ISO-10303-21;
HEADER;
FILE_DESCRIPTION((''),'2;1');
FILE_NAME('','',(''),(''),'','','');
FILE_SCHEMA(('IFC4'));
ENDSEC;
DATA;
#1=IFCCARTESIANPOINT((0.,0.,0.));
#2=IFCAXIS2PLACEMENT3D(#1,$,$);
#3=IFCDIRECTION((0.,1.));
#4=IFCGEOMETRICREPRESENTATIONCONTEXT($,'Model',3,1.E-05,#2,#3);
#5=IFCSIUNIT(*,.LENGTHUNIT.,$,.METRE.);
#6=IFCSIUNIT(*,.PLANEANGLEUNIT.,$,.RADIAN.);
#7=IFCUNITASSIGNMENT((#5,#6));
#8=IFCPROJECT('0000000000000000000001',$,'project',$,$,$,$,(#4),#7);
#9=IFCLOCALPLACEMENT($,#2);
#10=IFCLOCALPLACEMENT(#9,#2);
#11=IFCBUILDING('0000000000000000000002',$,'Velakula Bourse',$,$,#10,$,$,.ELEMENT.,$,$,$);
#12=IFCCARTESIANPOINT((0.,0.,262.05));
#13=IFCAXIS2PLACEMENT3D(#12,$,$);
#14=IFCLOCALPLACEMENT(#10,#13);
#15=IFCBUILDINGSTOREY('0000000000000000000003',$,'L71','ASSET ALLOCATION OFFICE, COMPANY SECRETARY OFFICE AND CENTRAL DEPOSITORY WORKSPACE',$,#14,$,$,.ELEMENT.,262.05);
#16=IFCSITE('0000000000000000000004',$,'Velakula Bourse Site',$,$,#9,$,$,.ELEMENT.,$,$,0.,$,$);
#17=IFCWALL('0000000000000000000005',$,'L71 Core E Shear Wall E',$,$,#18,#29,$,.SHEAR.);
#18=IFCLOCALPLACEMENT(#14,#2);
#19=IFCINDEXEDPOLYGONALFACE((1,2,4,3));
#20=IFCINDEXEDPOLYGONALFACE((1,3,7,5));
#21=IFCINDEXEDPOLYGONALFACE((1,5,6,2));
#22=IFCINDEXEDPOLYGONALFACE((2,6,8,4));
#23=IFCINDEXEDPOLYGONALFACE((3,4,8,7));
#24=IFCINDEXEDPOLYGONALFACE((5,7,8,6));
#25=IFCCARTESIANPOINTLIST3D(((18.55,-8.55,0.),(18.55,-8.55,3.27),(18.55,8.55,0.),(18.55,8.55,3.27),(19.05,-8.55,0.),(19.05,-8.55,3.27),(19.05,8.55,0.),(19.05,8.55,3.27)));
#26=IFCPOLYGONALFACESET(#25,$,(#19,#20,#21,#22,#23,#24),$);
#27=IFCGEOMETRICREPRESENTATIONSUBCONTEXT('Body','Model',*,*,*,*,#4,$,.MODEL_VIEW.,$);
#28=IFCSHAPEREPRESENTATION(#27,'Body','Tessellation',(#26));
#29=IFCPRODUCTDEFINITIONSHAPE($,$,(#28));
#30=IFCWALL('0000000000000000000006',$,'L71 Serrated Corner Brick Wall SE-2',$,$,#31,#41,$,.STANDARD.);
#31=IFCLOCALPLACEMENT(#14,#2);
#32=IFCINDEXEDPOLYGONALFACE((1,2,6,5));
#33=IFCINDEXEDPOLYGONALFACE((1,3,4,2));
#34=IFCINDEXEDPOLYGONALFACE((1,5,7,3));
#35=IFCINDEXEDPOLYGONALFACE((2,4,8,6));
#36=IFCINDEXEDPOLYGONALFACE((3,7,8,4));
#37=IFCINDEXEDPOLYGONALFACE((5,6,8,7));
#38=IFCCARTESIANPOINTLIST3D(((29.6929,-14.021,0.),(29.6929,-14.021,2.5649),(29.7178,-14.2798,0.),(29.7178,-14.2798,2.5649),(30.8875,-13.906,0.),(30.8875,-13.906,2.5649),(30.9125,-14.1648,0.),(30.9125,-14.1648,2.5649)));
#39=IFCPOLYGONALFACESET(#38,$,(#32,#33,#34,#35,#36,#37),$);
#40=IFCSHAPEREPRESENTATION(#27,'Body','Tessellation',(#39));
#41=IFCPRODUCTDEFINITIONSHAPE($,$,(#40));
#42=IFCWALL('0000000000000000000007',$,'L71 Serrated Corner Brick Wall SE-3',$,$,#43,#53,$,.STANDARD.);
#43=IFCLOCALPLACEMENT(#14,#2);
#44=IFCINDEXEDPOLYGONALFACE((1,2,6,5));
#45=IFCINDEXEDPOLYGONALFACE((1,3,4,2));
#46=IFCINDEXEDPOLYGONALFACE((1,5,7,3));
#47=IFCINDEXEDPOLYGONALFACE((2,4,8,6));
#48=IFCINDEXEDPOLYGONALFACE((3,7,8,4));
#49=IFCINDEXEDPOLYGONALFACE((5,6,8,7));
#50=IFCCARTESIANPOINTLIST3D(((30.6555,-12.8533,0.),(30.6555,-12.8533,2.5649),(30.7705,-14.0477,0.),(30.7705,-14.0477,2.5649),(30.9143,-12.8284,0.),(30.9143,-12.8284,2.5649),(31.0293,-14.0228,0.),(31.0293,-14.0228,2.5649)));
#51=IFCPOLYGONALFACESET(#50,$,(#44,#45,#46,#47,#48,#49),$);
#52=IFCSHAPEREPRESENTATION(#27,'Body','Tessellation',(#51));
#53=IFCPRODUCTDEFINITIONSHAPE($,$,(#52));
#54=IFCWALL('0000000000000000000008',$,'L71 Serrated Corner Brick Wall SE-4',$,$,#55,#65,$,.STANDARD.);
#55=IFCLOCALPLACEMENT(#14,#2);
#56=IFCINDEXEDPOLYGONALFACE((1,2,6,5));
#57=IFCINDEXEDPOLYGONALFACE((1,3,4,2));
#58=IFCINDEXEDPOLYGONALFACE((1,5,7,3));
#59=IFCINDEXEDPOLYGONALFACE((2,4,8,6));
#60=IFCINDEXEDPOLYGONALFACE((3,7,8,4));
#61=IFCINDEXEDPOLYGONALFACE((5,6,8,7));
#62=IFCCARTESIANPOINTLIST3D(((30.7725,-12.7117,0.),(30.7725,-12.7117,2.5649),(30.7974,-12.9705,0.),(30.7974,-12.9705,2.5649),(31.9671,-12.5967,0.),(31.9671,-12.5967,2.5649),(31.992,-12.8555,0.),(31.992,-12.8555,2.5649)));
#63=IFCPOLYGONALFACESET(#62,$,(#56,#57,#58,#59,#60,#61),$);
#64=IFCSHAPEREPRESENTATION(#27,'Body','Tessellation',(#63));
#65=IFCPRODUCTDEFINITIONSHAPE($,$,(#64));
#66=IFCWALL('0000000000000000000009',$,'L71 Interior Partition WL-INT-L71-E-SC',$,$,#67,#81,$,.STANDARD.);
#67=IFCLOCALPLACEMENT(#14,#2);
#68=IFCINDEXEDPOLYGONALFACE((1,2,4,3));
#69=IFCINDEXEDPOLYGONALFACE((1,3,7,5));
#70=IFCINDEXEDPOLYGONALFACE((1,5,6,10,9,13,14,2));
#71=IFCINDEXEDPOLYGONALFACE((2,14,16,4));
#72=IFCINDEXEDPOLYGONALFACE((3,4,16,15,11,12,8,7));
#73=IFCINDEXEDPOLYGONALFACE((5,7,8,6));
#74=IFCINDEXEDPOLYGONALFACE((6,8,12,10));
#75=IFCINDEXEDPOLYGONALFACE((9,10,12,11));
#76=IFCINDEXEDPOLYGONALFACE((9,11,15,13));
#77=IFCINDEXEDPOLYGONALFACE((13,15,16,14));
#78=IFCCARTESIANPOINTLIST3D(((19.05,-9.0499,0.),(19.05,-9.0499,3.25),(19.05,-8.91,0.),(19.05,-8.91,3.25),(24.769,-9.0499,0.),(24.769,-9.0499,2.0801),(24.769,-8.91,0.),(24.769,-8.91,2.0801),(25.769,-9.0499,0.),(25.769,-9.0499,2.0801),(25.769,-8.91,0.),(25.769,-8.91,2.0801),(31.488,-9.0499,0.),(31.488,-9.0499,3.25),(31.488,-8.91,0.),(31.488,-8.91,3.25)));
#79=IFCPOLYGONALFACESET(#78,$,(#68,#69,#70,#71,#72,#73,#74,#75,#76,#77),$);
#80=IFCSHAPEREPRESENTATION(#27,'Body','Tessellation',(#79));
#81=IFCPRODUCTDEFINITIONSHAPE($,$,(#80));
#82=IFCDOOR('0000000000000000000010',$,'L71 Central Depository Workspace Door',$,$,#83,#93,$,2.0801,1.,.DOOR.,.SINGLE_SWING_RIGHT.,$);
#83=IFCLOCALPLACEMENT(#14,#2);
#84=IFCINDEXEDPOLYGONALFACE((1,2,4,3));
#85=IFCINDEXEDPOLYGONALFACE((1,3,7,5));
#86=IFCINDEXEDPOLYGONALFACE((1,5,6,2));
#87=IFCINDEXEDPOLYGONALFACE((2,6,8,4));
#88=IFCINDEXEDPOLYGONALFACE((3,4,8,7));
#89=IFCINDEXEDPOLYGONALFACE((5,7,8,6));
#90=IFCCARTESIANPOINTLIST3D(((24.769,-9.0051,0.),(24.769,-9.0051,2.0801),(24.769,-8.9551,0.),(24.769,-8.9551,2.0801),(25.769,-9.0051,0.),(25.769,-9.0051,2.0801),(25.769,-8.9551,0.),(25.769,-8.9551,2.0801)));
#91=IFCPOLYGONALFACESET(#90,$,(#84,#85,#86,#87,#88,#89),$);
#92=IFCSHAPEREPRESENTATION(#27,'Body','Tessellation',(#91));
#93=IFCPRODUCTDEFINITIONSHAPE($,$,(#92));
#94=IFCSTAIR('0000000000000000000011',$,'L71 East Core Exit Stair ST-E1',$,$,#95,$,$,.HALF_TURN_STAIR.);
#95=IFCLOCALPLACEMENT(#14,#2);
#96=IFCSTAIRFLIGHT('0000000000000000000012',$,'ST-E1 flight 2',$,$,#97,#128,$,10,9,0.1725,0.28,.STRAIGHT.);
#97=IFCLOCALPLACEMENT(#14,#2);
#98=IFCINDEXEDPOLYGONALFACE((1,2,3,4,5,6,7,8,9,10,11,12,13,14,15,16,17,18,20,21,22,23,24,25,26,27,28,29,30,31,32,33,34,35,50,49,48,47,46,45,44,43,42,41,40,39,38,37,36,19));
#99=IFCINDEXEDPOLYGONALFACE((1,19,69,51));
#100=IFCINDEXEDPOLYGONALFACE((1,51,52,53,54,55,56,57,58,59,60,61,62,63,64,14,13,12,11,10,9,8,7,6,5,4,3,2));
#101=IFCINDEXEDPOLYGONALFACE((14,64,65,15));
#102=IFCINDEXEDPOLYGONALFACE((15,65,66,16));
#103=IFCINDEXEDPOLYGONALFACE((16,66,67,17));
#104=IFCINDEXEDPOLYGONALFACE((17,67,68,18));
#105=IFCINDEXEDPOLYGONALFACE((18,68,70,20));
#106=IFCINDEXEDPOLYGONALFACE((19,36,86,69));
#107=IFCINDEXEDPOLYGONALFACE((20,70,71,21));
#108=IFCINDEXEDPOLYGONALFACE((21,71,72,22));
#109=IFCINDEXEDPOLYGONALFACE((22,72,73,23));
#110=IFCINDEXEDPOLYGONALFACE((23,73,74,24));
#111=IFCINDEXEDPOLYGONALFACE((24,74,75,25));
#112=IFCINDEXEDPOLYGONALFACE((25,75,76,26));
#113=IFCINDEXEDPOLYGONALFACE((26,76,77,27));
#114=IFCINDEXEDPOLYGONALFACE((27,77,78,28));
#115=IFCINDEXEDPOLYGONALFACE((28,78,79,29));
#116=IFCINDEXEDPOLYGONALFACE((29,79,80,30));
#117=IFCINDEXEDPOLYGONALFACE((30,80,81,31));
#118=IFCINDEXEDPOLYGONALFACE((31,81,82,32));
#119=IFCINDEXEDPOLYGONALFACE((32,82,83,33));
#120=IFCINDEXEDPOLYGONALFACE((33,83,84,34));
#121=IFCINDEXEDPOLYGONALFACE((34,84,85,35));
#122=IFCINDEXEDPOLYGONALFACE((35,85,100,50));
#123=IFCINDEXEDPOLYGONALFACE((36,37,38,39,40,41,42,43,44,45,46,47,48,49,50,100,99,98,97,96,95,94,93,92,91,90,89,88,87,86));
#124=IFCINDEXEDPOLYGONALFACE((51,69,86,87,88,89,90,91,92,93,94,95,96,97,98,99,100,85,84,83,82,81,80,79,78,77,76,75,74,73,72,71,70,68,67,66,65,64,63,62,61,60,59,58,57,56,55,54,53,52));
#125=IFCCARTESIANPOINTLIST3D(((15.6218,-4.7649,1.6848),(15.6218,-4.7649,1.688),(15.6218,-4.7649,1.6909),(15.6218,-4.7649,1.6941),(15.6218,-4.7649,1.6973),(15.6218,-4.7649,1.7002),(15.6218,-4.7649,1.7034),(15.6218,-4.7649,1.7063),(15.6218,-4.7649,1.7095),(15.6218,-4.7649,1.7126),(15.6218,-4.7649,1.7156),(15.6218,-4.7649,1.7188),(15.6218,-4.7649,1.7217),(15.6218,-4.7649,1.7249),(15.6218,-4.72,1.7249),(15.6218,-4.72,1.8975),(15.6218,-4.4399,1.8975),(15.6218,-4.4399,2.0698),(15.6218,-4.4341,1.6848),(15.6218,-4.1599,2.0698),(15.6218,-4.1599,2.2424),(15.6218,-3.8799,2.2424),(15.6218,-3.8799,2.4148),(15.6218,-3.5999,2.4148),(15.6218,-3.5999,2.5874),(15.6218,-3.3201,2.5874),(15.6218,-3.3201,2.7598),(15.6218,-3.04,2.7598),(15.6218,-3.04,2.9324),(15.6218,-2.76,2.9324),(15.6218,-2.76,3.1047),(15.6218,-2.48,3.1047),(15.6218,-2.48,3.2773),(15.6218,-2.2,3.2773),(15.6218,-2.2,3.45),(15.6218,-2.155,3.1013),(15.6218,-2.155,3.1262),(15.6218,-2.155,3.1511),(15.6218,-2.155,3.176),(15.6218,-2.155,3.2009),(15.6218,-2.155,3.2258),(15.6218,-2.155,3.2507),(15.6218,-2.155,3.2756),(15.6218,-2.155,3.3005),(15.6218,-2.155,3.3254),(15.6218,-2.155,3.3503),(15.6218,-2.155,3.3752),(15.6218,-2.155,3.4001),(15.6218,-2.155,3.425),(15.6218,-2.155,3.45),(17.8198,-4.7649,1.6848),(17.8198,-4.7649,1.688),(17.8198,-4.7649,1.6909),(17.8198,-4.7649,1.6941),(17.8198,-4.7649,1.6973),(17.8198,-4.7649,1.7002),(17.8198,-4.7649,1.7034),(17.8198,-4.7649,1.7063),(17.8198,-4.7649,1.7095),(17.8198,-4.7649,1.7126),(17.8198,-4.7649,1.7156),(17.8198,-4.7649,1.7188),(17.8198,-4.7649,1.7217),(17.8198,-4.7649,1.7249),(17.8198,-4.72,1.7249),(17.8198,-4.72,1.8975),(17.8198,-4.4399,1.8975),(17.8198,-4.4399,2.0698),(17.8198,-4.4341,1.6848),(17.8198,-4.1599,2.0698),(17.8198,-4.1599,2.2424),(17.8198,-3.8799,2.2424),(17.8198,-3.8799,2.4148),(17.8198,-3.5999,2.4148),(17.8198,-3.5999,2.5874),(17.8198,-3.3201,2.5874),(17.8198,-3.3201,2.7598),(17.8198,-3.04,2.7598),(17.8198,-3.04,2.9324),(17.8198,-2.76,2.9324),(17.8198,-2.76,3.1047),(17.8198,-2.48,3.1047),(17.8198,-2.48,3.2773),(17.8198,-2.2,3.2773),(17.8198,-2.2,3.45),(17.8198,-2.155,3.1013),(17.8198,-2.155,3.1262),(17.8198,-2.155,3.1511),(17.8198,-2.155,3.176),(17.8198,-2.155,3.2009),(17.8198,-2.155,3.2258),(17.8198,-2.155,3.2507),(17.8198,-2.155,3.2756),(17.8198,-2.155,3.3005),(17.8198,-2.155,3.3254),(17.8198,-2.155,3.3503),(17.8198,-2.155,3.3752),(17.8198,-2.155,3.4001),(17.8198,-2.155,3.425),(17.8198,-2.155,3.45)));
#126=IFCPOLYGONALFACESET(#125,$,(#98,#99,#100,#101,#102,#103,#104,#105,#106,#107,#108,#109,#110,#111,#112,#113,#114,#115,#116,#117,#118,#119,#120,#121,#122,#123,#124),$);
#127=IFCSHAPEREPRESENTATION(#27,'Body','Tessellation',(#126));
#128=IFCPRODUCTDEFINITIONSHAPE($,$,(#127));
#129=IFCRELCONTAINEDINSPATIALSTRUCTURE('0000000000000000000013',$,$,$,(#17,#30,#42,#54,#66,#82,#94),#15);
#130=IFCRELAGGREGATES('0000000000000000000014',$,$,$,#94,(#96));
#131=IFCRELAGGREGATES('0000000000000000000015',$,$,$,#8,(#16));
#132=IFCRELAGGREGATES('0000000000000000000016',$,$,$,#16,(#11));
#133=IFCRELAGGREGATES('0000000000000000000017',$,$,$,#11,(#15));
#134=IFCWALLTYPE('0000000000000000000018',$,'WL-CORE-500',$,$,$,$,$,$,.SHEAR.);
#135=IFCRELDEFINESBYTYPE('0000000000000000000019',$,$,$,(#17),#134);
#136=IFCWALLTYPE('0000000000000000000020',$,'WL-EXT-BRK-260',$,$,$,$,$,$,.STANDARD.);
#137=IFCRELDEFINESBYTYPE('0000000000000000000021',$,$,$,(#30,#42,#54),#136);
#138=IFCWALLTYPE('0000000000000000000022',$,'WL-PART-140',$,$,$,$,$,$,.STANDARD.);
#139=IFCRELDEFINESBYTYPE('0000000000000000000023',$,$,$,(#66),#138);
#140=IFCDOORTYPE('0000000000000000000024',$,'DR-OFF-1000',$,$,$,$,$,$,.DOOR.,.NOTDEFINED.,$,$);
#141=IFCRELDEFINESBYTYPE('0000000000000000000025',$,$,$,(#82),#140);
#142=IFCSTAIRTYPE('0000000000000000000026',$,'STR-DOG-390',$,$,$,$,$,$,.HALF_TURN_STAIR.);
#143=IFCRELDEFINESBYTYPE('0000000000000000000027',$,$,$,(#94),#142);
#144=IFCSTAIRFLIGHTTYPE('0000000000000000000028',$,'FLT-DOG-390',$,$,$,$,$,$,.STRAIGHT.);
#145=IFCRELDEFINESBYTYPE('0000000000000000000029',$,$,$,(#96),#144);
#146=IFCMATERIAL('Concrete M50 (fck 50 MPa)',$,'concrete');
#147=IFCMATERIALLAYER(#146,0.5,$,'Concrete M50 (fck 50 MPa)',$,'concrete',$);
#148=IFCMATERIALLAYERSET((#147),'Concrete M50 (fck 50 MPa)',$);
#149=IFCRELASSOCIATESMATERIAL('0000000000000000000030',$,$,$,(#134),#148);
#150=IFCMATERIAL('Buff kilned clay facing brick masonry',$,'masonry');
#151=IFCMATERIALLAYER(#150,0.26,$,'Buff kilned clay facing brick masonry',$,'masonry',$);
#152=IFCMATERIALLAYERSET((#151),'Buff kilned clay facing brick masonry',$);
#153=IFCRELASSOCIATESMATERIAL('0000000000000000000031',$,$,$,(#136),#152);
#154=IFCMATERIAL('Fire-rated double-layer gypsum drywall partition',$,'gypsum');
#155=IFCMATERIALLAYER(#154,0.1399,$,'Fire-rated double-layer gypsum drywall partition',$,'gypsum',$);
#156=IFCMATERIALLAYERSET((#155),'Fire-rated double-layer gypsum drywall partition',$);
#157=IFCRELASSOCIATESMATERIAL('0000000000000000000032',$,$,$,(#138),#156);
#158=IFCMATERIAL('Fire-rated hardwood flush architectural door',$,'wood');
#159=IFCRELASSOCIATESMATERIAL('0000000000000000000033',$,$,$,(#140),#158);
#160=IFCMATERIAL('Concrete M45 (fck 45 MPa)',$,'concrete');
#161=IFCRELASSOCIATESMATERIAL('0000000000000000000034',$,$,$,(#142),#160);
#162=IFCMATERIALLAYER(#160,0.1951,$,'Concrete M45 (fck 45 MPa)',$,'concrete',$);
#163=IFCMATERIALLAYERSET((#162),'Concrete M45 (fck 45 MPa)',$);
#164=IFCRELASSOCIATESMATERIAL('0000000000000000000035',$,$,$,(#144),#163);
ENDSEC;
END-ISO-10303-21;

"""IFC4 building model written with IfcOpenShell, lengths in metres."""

from ifc_helpers import new_model, si_unit, direction, frame, frame_2d, origin, place, context, subcontext, project, spatial, polyline, rectangle, outline, extrude, material, layer, layer_set, type_object, element, fill, aggregate, save


model = new_model("IFC4")

# Units and contexts
model_context = context("Model", 3, precision=1e-05, world=origin(), true_north=direction((0.0, 1.0)))
body_context = subcontext(model_context, "Body", "Model", "MODEL_VIEW")
ifc_project = project(units=[si_unit("LENGTHUNIT", "METRE"), si_unit("PLANEANGLEUNIT", "RADIAN")], contexts=[model_context])

# Site, building, storey
site_placement = place(None, origin())
site = spatial("IfcSite", under=ifc_project, at=site_placement, Name="Velakula Bourse Site", CompositionType="ELEMENT", RefElevation=0.0)
building_placement = place(site_placement, origin())
building = spatial("IfcBuilding", under=site, at=building_placement, Name="Velakula Bourse", CompositionType="ELEMENT")
storey_placement = place(building_placement, frame((0.0, 0.0, 262.05)))
storey = spatial("IfcBuildingStorey", under=building, at=storey_placement, Name="L71", Description="ASSET ALLOCATION OFFICE, COMPANY SECRETARY OFFICE AND CENTRAL DEPOSITORY WORKSPACE", CompositionType="ELEMENT", Elevation=262.05)

# Shared definitions
ifc_material_1 = material(Name="Concrete M50 (fck 50 MPa)", Category="concrete")

# Walls
ifc_layer_1 = layer(ifc_material_1, 0.5, Name="Concrete M50 (fck 50 MPa)", Category="concrete")
ifc_layer_set_1 = layer_set([ifc_layer_1], Name="Concrete M50 (fck 50 MPa)")
wall_type_1 = type_object("IfcWallType", Name="WL-CORE-500", PredefinedType="SHEAR", material=ifc_layer_set_1)
wall_1_placement = place(storey_placement, frame((18.8, -8.55, 0.0), z_axis=(0.0, 0.0, 1.0), x_axis=(0.0, 1.0, 0.0)))
element("IfcWall", 1, at=wall_1_placement, inside=storey, type_object=wall_type_1, Name="L71 Core E Shear Wall E", PredefinedType="SHEAR", context=body_context, shape_type="SweptSolid", body=[
    extrude(rectangle(XDim=17.1001, YDim=0.5, at=frame_2d((8.55, 0.0))), origin(), (0.0, 0.0, 1.0), 3.27),
])
ifc_material_2 = material(Name="Buff kilned clay facing brick masonry", Category="masonry")
ifc_layer_2 = layer(ifc_material_2, 0.26, Name="Buff kilned clay facing brick masonry", Category="masonry")
ifc_layer_set_2 = layer_set([ifc_layer_2], Name="Buff kilned clay facing brick masonry")
wall_type_2 = type_object("IfcWallType", Name="WL-EXT-BRK-260", PredefinedType="STANDARD", material=ifc_layer_set_2)
wall_2_placement = place(storey_placement, frame((29.7053, -14.1504, 0.0), z_axis=(0.0, 0.0, 1.0), x_axis=(0.995399, 0.095817, 0.0)))
element("IfcWall", 2, at=wall_2_placement, inside=storey, type_object=wall_type_2, Name="L71 Serrated Corner Brick Wall SE-2", PredefinedType="STANDARD", context=body_context, shape_type="SweptSolid", body=[
    extrude(rectangle(XDim=1.2002, YDim=0.26, at=frame_2d((0.6001, 0.0))), origin(), (0.0, 0.0, 1.0), 2.5649),
])
wall_3_placement = place(storey_placement, frame((30.8999, -14.0354, 0.0), z_axis=(0.0, 0.0, 1.0), x_axis=(-0.095836, 0.995397, 0.0)))
element("IfcWall", 3, at=wall_3_placement, inside=storey, type_object=wall_type_2, Name="L71 Serrated Corner Brick Wall SE-3", PredefinedType="STANDARD", context=body_context, shape_type="SweptSolid", body=[
    extrude(rectangle(XDim=1.2, YDim=0.26, at=frame_2d((0.6001, 0.0))), origin(), (0.0, 0.0, 1.0), 2.5649),
])
wall_4_placement = place(storey_placement, frame((30.7849, -12.8411, 0.0), z_axis=(0.0, 0.0, 1.0), x_axis=(0.995399, 0.095817, 0.0)))
element("IfcWall", 4, at=wall_4_placement, inside=storey, type_object=wall_type_2, Name="L71 Serrated Corner Brick Wall SE-4", PredefinedType="STANDARD", context=body_context, shape_type="SweptSolid", body=[
    extrude(rectangle(XDim=1.2002, YDim=0.26, at=frame_2d((0.6001, 0.0))), origin(), (0.0, 0.0, 1.0), 2.5649),
])

# Wall, opening, door
ifc_material_3 = material(Name="Fire-rated double-layer gypsum drywall partition", Category="gypsum")
ifc_layer_3 = layer(ifc_material_3, 0.1399, Name="Fire-rated double-layer gypsum drywall partition", Category="gypsum")
ifc_layer_set_3 = layer_set([ifc_layer_3], Name="Fire-rated double-layer gypsum drywall partition")
wall_type_3 = type_object("IfcWallType", Name="WL-PART-140", PredefinedType="STANDARD", material=ifc_layer_set_3)
wall_5_placement = place(storey_placement, frame((19.05, -8.98, 0.0), z_axis=(0.0, 0.0, 1.0), x_axis=(1.0, 0.0, 0.0)))
wall_5 = element("IfcWall", 5, at=wall_5_placement, inside=storey, type_object=wall_type_3, Name="L71 Interior Partition WL-INT-L71-E-SC", PredefinedType="STANDARD", context=body_context, shape_type="SweptSolid", body=[
    extrude(rectangle(XDim=12.438, YDim=0.1399, at=frame_2d((6.219, 0.0))), origin(), (0.0, 0.0, 1.0), 3.25),
])
opening_placement = place(wall_5_placement, frame((5.719, 0.0, 0.0)))
opening = element("IfcOpeningElement", 6, at=opening_placement, cuts=wall_5, PredefinedType="OPENING", context=body_context, shape_type="SweptSolid", body=[
    extrude(rectangle(XDim=1.0, YDim=2.0801, at=frame_2d((0.5, 1.04))), frame((0.0, 0.0798, 0.0), z_axis=(0.0, -1.0, 0.0), x_axis=(1.0, 0.0, 0.0)), (0.0, 0.0, 1.0), 0.1599),
])
ifc_material_4 = material(Name="Fire-rated hardwood flush architectural door", Category="wood")
door_type = type_object("IfcDoorType", Name="DR-OFF-1000", OperationType="NOTDEFINED", PredefinedType="DOOR", material=ifc_material_4)
door_placement = place(opening_placement, origin())
door = element("IfcDoor", 7, at=door_placement, inside=storey, type_object=door_type, Name="L71 Central Depository Workspace Door", OperationType="SINGLE_SWING_RIGHT", OverallHeight=2.0801, OverallWidth=1.0, PredefinedType="DOOR", context=body_context, shape_type="SweptSolid", body=[
    extrude(rectangle(XDim=1.0, YDim=2.0801, at=frame_2d((0.5, 1.04))), frame((0.0, 0.0249, 0.0), z_axis=(0.0, -1.0, 0.0), x_axis=(1.0, 0.0, 0.0)), (0.0, 0.0, 1.0), 0.05),
])
fill(opening, door)

# Stair, stair flight
ifc_material_5 = material(Name="Concrete M45 (fck 45 MPa)", Category="concrete")
stair_type = type_object("IfcStairType", Name="STR-DOG-390", PredefinedType="HALF_TURN_STAIR", material=ifc_material_5)
stair_placement = place(storey_placement, origin())
stair = element("IfcStair", 8, at=stair_placement, inside=storey, type_object=stair_type, Name="L71 East Core Exit Stair ST-E1", PredefinedType="HALF_TURN_STAIR")
ifc_layer_4 = layer(ifc_material_5, 0.1951, Name="Concrete M45 (fck 45 MPa)", Category="concrete")
ifc_layer_set_4 = layer_set([ifc_layer_4], Name="Concrete M45 (fck 45 MPa)")
stair_flight_type = type_object("IfcStairFlightType", Name="FLT-DOG-390", PredefinedType="STRAIGHT", material=ifc_layer_set_4)
stair_flight_placement = place(storey_placement, frame((16.7209, -4.72, 1.7249), z_axis=(0.0, 0.0, 1.0), x_axis=(0.0, 1.0, 0.0)))
stair_flight = element("IfcStairFlight", 9, at=stair_flight_placement, type_object=stair_flight_type, Name="ST-E1 flight 2", NumberOfRisers=10, NumberOfTreads=9, PredefinedType="STRAIGHT", RiserHeight=0.1725, TreadLength=0.28, context=body_context, shape_type="SweptSolid", body=[
    extrude(outline(polyline([(-0.0449, -0.04), (-0.0449, -0.0369), (-0.0449, -0.0339), (-0.0449, -0.0308), (-0.0449, -0.0276), (-0.0449, -0.0247), (-0.0449, -0.0215), (-0.0449, -0.0186), (-0.0449, -0.0154), (-0.0449, -0.0122), (-0.0449, -0.0093), (-0.0449, -0.0061), (-0.0449, -0.0032), (-0.0449, 0.0), (0.0, 0.0), (0.0, 0.1726), (0.28, 0.1726), (0.28, 0.345), (0.5601, 0.345), (0.5601, 0.5176), (0.8401, 0.5176), (0.8401, 0.6899), (1.1201, 0.6899), (1.1201, 0.8625), (1.3999, 0.8625), (1.3999, 1.0349), (1.6799, 1.0349), (1.6799, 1.2075), (1.96, 1.2075), (1.96, 1.3799), (2.24, 1.3799), (2.24, 1.5525), (2.52, 1.5525), (2.52, 1.7251), (2.5649, 1.7251), (2.5649, 1.7002), (2.5649, 1.6753), (2.5649, 1.6504), (2.5649, 1.6255), (2.5649, 1.6006), (2.5649, 1.5757), (2.5649, 1.5508), (2.5649, 1.5259), (2.5649, 1.501), (2.5649, 1.4761), (2.5649, 1.4512), (2.5649, 1.4263), (2.5649, 1.4014), (2.5649, 1.3765), (0.2859, -0.04), (-0.0449, -0.04)])), frame((0.0, 1.0991, 0.0), z_axis=(0.0, -1.0, 0.0), x_axis=(1.0, 0.0, 0.0)), (0.0, 0.0, 1.0), 2.198),
])
aggregate(stair, [stair_flight])

save(model, "model.ifc")
